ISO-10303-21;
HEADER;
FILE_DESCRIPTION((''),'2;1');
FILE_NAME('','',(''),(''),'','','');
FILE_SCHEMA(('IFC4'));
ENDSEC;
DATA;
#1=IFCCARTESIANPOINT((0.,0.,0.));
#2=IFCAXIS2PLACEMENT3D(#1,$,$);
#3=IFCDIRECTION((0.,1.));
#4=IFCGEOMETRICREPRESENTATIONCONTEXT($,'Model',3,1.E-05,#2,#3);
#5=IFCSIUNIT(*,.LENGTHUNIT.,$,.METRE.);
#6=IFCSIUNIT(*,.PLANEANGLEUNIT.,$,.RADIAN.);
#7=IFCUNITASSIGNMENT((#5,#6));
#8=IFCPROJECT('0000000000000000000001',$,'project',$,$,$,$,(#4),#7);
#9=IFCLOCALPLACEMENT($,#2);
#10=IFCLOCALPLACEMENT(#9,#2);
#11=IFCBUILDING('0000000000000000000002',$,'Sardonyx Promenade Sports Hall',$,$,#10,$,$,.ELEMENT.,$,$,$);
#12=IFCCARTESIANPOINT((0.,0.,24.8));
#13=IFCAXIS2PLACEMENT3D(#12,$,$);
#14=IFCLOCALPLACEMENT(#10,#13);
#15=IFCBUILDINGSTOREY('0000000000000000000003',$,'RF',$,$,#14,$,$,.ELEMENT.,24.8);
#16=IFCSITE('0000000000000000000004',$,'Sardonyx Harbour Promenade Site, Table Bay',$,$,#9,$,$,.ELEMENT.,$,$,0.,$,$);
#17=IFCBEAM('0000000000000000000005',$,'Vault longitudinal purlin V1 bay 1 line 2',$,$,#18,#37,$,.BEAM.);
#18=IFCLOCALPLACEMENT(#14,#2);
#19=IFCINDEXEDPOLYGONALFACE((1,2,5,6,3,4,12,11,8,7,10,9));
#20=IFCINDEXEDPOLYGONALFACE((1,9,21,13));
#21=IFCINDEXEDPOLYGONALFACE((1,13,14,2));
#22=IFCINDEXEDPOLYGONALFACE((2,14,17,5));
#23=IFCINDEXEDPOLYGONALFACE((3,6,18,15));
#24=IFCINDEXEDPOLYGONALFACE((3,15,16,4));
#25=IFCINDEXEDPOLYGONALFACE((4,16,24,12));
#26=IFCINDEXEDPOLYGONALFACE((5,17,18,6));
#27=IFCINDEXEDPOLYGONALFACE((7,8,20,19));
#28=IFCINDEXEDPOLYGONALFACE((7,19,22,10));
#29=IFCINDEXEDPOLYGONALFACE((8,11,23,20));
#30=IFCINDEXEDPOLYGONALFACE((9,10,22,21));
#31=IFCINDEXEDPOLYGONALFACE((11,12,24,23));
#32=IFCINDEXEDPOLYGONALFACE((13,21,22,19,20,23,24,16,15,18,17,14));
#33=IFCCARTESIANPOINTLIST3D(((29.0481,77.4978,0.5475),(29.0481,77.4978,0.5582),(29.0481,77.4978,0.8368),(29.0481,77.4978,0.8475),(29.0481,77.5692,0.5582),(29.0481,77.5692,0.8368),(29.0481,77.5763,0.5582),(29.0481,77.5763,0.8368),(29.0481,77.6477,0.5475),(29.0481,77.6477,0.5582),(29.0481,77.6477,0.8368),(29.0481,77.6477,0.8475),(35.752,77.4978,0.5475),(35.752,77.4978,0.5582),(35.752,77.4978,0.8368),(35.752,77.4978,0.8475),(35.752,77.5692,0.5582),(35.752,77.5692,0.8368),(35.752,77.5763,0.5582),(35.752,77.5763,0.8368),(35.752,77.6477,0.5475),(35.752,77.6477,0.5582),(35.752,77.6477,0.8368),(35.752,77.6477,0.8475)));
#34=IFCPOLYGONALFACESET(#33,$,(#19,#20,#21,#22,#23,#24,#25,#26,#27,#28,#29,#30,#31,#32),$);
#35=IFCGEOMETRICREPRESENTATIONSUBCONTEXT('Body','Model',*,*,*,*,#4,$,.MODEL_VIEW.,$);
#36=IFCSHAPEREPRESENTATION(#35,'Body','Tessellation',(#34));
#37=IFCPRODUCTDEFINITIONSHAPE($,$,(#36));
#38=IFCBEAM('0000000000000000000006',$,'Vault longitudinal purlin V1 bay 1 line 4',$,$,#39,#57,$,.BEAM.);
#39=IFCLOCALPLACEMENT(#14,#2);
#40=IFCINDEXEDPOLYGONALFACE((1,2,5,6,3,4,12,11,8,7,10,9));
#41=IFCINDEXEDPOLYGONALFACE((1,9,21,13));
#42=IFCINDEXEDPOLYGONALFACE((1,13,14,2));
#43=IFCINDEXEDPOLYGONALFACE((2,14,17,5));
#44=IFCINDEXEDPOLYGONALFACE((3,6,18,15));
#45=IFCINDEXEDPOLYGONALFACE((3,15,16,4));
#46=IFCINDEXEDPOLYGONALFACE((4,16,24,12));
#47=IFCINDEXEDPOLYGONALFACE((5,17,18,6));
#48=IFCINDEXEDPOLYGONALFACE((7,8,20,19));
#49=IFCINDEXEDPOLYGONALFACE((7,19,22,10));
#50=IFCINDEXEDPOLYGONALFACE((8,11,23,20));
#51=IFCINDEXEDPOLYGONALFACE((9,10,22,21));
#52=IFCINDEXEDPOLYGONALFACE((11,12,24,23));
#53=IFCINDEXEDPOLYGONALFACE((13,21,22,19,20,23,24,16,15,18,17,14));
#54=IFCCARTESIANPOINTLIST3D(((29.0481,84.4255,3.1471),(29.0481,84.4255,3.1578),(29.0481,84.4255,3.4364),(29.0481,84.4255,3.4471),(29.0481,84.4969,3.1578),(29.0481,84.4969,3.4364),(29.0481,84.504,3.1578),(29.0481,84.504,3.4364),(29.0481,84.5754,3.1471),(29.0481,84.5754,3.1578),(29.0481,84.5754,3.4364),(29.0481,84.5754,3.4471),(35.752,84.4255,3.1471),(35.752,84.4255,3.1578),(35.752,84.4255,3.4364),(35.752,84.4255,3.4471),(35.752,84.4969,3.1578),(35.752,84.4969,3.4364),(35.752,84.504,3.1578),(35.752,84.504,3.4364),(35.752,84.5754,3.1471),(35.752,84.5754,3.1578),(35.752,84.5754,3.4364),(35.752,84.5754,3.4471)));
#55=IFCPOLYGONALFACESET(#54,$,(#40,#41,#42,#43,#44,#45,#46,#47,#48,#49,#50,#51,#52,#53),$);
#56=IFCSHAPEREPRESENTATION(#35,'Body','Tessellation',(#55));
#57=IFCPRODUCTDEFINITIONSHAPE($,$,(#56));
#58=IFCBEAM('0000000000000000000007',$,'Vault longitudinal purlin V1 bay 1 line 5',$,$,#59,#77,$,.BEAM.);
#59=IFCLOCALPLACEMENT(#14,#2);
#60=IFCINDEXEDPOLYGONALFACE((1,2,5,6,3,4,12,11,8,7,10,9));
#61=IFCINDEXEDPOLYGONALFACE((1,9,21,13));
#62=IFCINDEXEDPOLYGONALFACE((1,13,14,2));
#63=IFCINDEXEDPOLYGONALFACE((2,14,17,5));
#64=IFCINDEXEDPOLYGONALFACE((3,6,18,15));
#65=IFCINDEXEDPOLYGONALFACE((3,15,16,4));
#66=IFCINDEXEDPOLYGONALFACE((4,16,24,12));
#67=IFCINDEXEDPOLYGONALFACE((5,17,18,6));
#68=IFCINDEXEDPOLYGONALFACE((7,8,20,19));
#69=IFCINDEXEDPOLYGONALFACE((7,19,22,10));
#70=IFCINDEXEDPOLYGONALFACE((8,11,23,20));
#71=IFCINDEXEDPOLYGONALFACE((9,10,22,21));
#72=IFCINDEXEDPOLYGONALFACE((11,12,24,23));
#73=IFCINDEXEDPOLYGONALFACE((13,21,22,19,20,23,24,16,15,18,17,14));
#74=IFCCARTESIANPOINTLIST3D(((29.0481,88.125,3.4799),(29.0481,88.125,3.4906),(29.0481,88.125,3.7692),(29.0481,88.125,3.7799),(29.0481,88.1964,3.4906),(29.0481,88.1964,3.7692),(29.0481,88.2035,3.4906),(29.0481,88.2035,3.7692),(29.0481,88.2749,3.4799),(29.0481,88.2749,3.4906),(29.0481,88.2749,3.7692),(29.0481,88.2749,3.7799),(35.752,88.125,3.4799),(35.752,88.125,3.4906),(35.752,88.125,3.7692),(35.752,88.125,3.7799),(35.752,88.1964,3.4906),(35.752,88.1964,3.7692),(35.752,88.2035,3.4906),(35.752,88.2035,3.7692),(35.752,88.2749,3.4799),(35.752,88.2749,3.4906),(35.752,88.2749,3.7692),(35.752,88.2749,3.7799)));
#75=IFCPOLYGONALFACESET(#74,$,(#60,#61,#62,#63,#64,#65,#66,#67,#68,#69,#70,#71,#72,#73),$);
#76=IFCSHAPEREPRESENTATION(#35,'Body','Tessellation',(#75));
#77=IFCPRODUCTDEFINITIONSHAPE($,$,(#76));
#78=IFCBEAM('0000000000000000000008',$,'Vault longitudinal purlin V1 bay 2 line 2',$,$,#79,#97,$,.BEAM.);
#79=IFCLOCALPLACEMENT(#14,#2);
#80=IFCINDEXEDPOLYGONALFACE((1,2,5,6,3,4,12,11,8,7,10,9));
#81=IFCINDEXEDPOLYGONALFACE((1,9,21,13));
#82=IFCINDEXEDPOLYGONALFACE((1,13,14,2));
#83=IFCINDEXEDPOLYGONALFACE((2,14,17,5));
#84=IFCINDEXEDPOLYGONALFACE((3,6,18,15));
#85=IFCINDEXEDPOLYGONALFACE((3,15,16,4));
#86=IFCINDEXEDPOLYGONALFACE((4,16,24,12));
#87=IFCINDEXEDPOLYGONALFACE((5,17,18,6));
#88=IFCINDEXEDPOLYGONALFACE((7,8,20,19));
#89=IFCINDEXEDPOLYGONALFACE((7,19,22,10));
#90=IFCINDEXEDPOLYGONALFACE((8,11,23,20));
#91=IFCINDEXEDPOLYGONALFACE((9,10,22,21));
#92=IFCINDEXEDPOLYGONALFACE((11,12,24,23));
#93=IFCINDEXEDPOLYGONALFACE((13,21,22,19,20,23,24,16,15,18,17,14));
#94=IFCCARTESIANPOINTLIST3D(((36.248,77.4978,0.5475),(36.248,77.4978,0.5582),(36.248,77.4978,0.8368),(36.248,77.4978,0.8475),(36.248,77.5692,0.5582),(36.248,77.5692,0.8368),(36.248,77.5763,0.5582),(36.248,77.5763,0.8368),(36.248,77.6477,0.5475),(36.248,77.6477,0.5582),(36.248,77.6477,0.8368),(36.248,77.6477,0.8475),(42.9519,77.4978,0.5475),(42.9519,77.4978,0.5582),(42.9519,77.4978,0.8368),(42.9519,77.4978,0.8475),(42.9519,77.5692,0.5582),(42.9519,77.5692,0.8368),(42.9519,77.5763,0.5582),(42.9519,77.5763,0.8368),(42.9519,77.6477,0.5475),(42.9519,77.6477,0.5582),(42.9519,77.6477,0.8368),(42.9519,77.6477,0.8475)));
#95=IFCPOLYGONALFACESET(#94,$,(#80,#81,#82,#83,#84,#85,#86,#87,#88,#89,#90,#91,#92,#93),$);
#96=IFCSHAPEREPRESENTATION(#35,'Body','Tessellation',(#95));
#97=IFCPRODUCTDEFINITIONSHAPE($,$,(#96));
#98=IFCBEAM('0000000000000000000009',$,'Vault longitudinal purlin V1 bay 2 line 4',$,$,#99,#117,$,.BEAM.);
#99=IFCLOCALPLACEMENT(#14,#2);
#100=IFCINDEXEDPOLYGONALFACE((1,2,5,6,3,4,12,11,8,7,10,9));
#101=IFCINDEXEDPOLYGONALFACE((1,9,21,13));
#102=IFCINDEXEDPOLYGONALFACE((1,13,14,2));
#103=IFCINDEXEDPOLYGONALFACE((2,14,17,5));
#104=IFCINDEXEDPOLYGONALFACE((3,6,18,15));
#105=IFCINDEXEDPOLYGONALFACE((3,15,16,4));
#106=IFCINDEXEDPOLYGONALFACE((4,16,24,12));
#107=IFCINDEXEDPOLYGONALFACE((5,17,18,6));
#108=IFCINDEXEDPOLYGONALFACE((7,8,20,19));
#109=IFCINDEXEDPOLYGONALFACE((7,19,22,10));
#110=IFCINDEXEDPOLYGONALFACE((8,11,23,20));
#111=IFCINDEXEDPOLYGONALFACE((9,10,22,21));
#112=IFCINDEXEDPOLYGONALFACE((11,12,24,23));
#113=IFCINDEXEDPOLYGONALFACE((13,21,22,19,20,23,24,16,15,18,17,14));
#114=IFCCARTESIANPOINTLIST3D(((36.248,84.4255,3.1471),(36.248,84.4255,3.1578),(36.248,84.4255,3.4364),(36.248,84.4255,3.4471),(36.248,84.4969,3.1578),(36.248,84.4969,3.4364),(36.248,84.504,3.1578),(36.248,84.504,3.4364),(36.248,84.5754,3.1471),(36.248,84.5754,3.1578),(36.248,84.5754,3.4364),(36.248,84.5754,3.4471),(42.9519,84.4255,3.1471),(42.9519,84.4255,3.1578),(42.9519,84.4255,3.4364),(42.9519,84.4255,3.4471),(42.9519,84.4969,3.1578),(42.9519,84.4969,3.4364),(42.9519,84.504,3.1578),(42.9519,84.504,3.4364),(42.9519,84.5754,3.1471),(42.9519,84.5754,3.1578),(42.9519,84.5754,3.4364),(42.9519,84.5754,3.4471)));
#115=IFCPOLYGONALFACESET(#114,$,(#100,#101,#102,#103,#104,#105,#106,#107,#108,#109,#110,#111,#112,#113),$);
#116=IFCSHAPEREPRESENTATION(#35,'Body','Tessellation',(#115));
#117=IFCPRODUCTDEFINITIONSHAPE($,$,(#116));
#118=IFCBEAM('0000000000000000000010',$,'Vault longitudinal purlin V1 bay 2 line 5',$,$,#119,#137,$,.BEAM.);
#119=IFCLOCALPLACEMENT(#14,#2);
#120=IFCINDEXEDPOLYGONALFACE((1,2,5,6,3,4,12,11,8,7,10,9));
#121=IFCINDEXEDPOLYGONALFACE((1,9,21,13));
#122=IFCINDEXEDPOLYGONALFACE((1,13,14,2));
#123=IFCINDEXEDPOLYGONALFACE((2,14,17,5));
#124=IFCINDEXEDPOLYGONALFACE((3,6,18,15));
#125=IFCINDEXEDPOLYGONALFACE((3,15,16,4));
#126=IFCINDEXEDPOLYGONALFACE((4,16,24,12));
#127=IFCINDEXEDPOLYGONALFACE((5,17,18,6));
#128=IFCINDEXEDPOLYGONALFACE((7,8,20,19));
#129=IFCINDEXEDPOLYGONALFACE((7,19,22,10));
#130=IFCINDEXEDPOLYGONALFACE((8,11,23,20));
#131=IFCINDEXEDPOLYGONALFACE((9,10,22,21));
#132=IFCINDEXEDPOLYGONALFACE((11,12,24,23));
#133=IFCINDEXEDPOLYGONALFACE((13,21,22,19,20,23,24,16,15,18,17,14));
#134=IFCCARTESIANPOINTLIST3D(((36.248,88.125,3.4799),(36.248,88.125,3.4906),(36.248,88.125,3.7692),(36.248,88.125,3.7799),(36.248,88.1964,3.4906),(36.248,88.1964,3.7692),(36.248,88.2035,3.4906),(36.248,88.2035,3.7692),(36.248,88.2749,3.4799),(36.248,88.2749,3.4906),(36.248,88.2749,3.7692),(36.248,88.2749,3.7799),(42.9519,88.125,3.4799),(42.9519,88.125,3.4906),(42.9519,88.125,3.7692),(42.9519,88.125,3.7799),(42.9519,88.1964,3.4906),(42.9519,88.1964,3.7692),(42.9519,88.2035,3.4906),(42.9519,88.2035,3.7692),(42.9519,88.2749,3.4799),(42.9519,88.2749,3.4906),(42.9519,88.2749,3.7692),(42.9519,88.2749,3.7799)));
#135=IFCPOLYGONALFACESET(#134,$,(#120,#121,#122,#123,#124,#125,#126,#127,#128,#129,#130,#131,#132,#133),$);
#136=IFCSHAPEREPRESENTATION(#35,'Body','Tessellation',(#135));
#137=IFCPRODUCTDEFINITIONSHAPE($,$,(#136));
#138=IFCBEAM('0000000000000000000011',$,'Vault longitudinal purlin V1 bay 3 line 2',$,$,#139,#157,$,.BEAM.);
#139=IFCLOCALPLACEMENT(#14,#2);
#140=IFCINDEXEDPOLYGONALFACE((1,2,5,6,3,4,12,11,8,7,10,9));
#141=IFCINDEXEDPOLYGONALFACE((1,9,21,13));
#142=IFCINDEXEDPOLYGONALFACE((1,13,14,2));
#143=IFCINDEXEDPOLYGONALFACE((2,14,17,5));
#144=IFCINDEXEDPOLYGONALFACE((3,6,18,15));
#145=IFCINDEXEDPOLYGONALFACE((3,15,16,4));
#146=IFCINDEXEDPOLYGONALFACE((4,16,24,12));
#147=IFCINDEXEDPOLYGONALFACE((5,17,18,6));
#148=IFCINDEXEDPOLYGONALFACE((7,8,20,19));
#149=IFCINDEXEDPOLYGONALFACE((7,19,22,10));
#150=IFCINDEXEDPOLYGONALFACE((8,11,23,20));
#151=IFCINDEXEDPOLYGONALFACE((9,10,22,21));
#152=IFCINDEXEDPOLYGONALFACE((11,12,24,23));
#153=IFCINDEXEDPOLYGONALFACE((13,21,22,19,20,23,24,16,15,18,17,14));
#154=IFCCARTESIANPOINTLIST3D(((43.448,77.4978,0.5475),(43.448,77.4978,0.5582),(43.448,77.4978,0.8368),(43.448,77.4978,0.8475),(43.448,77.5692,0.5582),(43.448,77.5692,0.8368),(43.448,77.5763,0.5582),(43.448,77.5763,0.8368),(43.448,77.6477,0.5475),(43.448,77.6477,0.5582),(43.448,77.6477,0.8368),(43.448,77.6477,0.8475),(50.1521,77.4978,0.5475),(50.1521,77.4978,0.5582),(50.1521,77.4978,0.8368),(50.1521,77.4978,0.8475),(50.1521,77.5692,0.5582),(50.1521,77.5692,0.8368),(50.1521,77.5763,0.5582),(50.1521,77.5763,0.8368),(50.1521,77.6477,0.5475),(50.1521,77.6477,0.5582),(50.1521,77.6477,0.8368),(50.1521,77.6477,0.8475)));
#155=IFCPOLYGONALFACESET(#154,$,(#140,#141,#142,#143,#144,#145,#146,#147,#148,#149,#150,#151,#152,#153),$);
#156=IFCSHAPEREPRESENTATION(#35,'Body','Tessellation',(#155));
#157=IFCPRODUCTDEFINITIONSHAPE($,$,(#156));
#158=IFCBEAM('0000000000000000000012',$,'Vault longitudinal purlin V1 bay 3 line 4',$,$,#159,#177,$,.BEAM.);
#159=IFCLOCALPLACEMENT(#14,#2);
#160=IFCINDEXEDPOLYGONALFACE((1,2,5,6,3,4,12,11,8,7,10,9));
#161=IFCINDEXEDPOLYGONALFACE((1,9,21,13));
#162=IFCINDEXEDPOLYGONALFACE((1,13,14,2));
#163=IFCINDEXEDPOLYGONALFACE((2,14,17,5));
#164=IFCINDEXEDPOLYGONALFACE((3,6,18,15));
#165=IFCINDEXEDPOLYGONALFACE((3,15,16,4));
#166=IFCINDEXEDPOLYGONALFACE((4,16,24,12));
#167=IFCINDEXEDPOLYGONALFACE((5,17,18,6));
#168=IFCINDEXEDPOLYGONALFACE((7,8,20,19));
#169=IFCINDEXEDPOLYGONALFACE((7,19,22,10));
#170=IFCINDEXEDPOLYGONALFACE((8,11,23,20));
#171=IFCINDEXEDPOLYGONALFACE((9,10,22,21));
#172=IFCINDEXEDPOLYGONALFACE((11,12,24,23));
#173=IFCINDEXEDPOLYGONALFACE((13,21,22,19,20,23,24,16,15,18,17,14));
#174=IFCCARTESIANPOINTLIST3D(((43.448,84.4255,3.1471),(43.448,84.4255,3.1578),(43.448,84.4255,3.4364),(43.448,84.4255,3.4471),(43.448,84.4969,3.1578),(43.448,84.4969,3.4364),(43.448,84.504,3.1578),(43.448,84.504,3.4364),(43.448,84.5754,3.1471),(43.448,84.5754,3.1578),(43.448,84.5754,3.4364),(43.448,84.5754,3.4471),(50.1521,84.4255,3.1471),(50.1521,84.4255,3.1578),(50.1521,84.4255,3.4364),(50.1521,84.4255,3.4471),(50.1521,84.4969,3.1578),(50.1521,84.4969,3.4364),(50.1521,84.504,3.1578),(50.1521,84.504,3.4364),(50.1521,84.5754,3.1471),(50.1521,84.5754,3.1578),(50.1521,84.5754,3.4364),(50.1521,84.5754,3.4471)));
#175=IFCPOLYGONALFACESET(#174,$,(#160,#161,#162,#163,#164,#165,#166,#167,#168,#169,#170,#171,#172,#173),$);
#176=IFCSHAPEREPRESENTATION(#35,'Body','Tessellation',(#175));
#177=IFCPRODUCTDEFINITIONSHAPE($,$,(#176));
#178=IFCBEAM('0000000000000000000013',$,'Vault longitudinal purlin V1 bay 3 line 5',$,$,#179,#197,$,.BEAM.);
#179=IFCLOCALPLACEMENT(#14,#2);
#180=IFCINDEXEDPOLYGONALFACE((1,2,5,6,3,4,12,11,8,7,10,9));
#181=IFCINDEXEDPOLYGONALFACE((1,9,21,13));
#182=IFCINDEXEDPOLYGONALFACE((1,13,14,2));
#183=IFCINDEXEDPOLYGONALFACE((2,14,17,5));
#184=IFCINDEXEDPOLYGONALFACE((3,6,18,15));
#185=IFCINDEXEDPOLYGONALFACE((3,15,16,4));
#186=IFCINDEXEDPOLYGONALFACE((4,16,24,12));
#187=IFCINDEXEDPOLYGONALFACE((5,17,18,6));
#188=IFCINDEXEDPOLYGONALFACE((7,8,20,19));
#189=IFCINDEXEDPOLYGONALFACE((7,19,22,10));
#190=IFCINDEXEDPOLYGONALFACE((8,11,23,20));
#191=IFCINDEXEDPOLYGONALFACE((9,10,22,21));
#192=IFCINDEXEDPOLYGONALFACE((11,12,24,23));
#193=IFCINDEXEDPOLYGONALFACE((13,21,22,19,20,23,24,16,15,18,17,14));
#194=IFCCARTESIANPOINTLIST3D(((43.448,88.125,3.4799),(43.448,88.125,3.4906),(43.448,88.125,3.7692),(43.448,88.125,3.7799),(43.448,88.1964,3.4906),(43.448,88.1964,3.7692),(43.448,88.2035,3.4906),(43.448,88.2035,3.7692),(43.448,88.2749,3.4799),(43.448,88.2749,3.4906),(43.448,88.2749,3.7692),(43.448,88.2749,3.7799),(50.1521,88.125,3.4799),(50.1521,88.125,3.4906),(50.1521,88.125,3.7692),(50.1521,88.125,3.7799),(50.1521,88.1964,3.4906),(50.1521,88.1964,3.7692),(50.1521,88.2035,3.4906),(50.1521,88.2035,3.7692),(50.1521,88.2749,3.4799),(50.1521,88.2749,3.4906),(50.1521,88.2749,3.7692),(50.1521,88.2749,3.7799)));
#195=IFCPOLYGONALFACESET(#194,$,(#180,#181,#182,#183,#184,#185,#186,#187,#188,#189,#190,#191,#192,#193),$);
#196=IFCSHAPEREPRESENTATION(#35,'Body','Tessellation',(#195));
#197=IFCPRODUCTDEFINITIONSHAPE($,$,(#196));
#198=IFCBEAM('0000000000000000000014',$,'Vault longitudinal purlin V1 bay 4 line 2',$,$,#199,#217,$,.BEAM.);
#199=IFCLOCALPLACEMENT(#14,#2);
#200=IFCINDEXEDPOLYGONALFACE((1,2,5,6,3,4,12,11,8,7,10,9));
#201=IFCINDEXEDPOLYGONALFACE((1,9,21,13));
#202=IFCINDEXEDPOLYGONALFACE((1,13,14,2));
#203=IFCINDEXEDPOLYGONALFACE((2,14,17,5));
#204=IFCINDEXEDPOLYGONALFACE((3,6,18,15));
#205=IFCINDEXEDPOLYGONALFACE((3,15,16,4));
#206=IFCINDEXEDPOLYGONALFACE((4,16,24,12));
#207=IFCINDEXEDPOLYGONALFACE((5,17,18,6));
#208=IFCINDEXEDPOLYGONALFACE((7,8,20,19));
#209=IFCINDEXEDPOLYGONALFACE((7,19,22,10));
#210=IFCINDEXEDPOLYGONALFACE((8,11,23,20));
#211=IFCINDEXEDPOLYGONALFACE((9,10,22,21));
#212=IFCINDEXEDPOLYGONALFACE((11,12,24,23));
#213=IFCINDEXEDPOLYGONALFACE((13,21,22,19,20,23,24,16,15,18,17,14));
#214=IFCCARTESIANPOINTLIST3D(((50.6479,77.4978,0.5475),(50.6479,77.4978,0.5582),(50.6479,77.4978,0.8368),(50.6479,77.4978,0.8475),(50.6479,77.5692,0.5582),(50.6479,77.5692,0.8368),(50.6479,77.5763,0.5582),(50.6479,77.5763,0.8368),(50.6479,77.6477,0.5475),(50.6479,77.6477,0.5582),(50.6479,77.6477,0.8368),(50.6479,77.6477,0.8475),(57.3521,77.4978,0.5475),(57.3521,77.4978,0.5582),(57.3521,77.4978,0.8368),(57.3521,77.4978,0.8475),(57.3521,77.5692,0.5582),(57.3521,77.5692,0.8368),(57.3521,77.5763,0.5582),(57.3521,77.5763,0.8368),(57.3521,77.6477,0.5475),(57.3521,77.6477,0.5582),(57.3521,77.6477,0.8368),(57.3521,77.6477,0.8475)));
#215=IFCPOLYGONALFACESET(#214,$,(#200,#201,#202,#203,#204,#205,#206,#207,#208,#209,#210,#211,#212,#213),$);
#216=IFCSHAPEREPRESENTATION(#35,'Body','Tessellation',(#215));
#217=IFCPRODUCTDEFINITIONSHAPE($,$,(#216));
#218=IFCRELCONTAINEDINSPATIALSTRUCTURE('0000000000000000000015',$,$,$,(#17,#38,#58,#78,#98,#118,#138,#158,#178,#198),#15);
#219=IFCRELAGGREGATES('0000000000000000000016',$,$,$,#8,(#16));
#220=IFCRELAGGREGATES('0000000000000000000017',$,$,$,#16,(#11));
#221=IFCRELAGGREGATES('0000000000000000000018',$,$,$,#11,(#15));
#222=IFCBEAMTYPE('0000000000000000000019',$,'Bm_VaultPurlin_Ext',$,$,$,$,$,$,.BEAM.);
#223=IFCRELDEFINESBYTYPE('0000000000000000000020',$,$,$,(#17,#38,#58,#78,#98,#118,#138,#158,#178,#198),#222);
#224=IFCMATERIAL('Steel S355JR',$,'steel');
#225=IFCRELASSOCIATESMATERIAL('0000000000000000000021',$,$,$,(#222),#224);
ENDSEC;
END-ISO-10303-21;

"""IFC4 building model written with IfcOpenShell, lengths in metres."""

from ifc_helpers import new_model, si_unit, direction, frame, origin, origin_2d, place, context, subcontext, project, spatial, i_section, extrude, material, material_profile, profile_set, type_object, element, save


model = new_model("IFC4")

# Units and contexts
model_context = context("Model", 3, precision=1e-05, world=origin(), true_north=direction((0.0, 1.0)))
body_context = subcontext(model_context, "Body", "Model", "MODEL_VIEW")
ifc_project = project(units=[si_unit("LENGTHUNIT", "METRE"), si_unit("PLANEANGLEUNIT", "RADIAN")], contexts=[model_context])

# Site, building, storey
site_placement = place(None, origin())
site = spatial("IfcSite", under=ifc_project, at=site_placement, Name="Sardonyx Harbour Promenade Site, Table Bay", CompositionType="ELEMENT", RefElevation=0.0)
building_placement = place(site_placement, origin())
building = spatial("IfcBuilding", under=site, at=building_placement, Name="Sardonyx Promenade Sports Hall", CompositionType="ELEMENT")
storey_placement = place(building_placement, frame((0.0, 0.0, 24.8)))
storey = spatial("IfcBuildingStorey", under=building, at=storey_placement, Name="RF", CompositionType="ELEMENT", Elevation=24.8)

# Beams
ifc_material_1 = material(Name="Steel S355JR", Category="steel")
ifc_material_profile_1 = material_profile(ifc_material_1, i_section(OverallWidth=0.1499, OverallDepth=0.3, WebThickness=0.0071, FlangeThickness=0.0107, at=origin_2d()))
ifc_profile_set_1 = profile_set([ifc_material_profile_1], Name="Steel S355JR")
beam_type_1 = type_object("IfcBeamType", Name="Bm_VaultPurlin_Ext", PredefinedType="BEAM", material=ifc_profile_set_1)
for number, where, z_axis, x_axis, name in (
    (1, (29.0481, 77.5728, 0.6975), (1.0, 0.0, 0.0), (0.0, 1.0, 0.0), "Vault longitudinal purlin V1 bay 1 line 2"),
    (2, (29.0481, 84.5005, 3.2971), (1.0, 0.0, 0.0), (0.0, 1.0, 0.0), "Vault longitudinal purlin V1 bay 1 line 4"),
    (3, (29.0481, 88.2, 3.6299), (1.0, 0.0, 0.0), (0.0, 1.0, 0.0), "Vault longitudinal purlin V1 bay 1 line 5"),
    (4, (36.248, 77.5728, 0.6975), (1.0, 0.0, 0.0), (0.0, 1.0, 0.0), "Vault longitudinal purlin V1 bay 2 line 2"),
    (5, (36.248, 84.5005, 3.2971), (1.0, 0.0, 0.0), (0.0, 1.0, 0.0), "Vault longitudinal purlin V1 bay 2 line 4"),
    (6, (36.248, 88.2, 3.6299), (1.0, 0.0, 0.0), (0.0, 1.0, 0.0), "Vault longitudinal purlin V1 bay 2 line 5"),
):
    element("IfcBeam", number, at=place(storey_placement, frame(where, z_axis=z_axis, x_axis=x_axis)), inside=storey, type_object=beam_type_1, Name=name, PredefinedType="BEAM", context=body_context, shape_type="SweptSolid", body=[
        extrude(i_section(OverallWidth=0.1499, OverallDepth=0.3, WebThickness=0.0071, FlangeThickness=0.0107, at=origin_2d()), origin(), (0.0, 0.0, 1.0), 6.7039),
    ])
for number, where, z_axis, x_axis, name in (
    (7, (43.448, 77.5728, 0.6975), (1.0, 0.0, 0.0), (0.0, 1.0, 0.0), "Vault longitudinal purlin V1 bay 3 line 2"),
    (8, (43.448, 84.5005, 3.2971), (1.0, 0.0, 0.0), (0.0, 1.0, 0.0), "Vault longitudinal purlin V1 bay 3 line 4"),
    (9, (43.448, 88.2, 3.6299), (1.0, 0.0, 0.0), (0.0, 1.0, 0.0), "Vault longitudinal purlin V1 bay 3 line 5"),
    (10, (50.6479, 77.5728, 0.6975), (1.0, 0.0, 0.0), (0.0, 1.0, 0.0), "Vault longitudinal purlin V1 bay 4 line 2"),
):
    element("IfcBeam", number, at=place(storey_placement, frame(where, z_axis=z_axis, x_axis=x_axis)), inside=storey, type_object=beam_type_1, Name=name, PredefinedType="BEAM", context=body_context, shape_type="SweptSolid", body=[
        extrude(i_section(OverallWidth=0.1499, OverallDepth=0.3, WebThickness=0.0071, FlangeThickness=0.0107, at=origin_2d()), origin(), (0.0, 0.0, 1.0), 6.7041),
    ])

save(model, "model.ifc")
